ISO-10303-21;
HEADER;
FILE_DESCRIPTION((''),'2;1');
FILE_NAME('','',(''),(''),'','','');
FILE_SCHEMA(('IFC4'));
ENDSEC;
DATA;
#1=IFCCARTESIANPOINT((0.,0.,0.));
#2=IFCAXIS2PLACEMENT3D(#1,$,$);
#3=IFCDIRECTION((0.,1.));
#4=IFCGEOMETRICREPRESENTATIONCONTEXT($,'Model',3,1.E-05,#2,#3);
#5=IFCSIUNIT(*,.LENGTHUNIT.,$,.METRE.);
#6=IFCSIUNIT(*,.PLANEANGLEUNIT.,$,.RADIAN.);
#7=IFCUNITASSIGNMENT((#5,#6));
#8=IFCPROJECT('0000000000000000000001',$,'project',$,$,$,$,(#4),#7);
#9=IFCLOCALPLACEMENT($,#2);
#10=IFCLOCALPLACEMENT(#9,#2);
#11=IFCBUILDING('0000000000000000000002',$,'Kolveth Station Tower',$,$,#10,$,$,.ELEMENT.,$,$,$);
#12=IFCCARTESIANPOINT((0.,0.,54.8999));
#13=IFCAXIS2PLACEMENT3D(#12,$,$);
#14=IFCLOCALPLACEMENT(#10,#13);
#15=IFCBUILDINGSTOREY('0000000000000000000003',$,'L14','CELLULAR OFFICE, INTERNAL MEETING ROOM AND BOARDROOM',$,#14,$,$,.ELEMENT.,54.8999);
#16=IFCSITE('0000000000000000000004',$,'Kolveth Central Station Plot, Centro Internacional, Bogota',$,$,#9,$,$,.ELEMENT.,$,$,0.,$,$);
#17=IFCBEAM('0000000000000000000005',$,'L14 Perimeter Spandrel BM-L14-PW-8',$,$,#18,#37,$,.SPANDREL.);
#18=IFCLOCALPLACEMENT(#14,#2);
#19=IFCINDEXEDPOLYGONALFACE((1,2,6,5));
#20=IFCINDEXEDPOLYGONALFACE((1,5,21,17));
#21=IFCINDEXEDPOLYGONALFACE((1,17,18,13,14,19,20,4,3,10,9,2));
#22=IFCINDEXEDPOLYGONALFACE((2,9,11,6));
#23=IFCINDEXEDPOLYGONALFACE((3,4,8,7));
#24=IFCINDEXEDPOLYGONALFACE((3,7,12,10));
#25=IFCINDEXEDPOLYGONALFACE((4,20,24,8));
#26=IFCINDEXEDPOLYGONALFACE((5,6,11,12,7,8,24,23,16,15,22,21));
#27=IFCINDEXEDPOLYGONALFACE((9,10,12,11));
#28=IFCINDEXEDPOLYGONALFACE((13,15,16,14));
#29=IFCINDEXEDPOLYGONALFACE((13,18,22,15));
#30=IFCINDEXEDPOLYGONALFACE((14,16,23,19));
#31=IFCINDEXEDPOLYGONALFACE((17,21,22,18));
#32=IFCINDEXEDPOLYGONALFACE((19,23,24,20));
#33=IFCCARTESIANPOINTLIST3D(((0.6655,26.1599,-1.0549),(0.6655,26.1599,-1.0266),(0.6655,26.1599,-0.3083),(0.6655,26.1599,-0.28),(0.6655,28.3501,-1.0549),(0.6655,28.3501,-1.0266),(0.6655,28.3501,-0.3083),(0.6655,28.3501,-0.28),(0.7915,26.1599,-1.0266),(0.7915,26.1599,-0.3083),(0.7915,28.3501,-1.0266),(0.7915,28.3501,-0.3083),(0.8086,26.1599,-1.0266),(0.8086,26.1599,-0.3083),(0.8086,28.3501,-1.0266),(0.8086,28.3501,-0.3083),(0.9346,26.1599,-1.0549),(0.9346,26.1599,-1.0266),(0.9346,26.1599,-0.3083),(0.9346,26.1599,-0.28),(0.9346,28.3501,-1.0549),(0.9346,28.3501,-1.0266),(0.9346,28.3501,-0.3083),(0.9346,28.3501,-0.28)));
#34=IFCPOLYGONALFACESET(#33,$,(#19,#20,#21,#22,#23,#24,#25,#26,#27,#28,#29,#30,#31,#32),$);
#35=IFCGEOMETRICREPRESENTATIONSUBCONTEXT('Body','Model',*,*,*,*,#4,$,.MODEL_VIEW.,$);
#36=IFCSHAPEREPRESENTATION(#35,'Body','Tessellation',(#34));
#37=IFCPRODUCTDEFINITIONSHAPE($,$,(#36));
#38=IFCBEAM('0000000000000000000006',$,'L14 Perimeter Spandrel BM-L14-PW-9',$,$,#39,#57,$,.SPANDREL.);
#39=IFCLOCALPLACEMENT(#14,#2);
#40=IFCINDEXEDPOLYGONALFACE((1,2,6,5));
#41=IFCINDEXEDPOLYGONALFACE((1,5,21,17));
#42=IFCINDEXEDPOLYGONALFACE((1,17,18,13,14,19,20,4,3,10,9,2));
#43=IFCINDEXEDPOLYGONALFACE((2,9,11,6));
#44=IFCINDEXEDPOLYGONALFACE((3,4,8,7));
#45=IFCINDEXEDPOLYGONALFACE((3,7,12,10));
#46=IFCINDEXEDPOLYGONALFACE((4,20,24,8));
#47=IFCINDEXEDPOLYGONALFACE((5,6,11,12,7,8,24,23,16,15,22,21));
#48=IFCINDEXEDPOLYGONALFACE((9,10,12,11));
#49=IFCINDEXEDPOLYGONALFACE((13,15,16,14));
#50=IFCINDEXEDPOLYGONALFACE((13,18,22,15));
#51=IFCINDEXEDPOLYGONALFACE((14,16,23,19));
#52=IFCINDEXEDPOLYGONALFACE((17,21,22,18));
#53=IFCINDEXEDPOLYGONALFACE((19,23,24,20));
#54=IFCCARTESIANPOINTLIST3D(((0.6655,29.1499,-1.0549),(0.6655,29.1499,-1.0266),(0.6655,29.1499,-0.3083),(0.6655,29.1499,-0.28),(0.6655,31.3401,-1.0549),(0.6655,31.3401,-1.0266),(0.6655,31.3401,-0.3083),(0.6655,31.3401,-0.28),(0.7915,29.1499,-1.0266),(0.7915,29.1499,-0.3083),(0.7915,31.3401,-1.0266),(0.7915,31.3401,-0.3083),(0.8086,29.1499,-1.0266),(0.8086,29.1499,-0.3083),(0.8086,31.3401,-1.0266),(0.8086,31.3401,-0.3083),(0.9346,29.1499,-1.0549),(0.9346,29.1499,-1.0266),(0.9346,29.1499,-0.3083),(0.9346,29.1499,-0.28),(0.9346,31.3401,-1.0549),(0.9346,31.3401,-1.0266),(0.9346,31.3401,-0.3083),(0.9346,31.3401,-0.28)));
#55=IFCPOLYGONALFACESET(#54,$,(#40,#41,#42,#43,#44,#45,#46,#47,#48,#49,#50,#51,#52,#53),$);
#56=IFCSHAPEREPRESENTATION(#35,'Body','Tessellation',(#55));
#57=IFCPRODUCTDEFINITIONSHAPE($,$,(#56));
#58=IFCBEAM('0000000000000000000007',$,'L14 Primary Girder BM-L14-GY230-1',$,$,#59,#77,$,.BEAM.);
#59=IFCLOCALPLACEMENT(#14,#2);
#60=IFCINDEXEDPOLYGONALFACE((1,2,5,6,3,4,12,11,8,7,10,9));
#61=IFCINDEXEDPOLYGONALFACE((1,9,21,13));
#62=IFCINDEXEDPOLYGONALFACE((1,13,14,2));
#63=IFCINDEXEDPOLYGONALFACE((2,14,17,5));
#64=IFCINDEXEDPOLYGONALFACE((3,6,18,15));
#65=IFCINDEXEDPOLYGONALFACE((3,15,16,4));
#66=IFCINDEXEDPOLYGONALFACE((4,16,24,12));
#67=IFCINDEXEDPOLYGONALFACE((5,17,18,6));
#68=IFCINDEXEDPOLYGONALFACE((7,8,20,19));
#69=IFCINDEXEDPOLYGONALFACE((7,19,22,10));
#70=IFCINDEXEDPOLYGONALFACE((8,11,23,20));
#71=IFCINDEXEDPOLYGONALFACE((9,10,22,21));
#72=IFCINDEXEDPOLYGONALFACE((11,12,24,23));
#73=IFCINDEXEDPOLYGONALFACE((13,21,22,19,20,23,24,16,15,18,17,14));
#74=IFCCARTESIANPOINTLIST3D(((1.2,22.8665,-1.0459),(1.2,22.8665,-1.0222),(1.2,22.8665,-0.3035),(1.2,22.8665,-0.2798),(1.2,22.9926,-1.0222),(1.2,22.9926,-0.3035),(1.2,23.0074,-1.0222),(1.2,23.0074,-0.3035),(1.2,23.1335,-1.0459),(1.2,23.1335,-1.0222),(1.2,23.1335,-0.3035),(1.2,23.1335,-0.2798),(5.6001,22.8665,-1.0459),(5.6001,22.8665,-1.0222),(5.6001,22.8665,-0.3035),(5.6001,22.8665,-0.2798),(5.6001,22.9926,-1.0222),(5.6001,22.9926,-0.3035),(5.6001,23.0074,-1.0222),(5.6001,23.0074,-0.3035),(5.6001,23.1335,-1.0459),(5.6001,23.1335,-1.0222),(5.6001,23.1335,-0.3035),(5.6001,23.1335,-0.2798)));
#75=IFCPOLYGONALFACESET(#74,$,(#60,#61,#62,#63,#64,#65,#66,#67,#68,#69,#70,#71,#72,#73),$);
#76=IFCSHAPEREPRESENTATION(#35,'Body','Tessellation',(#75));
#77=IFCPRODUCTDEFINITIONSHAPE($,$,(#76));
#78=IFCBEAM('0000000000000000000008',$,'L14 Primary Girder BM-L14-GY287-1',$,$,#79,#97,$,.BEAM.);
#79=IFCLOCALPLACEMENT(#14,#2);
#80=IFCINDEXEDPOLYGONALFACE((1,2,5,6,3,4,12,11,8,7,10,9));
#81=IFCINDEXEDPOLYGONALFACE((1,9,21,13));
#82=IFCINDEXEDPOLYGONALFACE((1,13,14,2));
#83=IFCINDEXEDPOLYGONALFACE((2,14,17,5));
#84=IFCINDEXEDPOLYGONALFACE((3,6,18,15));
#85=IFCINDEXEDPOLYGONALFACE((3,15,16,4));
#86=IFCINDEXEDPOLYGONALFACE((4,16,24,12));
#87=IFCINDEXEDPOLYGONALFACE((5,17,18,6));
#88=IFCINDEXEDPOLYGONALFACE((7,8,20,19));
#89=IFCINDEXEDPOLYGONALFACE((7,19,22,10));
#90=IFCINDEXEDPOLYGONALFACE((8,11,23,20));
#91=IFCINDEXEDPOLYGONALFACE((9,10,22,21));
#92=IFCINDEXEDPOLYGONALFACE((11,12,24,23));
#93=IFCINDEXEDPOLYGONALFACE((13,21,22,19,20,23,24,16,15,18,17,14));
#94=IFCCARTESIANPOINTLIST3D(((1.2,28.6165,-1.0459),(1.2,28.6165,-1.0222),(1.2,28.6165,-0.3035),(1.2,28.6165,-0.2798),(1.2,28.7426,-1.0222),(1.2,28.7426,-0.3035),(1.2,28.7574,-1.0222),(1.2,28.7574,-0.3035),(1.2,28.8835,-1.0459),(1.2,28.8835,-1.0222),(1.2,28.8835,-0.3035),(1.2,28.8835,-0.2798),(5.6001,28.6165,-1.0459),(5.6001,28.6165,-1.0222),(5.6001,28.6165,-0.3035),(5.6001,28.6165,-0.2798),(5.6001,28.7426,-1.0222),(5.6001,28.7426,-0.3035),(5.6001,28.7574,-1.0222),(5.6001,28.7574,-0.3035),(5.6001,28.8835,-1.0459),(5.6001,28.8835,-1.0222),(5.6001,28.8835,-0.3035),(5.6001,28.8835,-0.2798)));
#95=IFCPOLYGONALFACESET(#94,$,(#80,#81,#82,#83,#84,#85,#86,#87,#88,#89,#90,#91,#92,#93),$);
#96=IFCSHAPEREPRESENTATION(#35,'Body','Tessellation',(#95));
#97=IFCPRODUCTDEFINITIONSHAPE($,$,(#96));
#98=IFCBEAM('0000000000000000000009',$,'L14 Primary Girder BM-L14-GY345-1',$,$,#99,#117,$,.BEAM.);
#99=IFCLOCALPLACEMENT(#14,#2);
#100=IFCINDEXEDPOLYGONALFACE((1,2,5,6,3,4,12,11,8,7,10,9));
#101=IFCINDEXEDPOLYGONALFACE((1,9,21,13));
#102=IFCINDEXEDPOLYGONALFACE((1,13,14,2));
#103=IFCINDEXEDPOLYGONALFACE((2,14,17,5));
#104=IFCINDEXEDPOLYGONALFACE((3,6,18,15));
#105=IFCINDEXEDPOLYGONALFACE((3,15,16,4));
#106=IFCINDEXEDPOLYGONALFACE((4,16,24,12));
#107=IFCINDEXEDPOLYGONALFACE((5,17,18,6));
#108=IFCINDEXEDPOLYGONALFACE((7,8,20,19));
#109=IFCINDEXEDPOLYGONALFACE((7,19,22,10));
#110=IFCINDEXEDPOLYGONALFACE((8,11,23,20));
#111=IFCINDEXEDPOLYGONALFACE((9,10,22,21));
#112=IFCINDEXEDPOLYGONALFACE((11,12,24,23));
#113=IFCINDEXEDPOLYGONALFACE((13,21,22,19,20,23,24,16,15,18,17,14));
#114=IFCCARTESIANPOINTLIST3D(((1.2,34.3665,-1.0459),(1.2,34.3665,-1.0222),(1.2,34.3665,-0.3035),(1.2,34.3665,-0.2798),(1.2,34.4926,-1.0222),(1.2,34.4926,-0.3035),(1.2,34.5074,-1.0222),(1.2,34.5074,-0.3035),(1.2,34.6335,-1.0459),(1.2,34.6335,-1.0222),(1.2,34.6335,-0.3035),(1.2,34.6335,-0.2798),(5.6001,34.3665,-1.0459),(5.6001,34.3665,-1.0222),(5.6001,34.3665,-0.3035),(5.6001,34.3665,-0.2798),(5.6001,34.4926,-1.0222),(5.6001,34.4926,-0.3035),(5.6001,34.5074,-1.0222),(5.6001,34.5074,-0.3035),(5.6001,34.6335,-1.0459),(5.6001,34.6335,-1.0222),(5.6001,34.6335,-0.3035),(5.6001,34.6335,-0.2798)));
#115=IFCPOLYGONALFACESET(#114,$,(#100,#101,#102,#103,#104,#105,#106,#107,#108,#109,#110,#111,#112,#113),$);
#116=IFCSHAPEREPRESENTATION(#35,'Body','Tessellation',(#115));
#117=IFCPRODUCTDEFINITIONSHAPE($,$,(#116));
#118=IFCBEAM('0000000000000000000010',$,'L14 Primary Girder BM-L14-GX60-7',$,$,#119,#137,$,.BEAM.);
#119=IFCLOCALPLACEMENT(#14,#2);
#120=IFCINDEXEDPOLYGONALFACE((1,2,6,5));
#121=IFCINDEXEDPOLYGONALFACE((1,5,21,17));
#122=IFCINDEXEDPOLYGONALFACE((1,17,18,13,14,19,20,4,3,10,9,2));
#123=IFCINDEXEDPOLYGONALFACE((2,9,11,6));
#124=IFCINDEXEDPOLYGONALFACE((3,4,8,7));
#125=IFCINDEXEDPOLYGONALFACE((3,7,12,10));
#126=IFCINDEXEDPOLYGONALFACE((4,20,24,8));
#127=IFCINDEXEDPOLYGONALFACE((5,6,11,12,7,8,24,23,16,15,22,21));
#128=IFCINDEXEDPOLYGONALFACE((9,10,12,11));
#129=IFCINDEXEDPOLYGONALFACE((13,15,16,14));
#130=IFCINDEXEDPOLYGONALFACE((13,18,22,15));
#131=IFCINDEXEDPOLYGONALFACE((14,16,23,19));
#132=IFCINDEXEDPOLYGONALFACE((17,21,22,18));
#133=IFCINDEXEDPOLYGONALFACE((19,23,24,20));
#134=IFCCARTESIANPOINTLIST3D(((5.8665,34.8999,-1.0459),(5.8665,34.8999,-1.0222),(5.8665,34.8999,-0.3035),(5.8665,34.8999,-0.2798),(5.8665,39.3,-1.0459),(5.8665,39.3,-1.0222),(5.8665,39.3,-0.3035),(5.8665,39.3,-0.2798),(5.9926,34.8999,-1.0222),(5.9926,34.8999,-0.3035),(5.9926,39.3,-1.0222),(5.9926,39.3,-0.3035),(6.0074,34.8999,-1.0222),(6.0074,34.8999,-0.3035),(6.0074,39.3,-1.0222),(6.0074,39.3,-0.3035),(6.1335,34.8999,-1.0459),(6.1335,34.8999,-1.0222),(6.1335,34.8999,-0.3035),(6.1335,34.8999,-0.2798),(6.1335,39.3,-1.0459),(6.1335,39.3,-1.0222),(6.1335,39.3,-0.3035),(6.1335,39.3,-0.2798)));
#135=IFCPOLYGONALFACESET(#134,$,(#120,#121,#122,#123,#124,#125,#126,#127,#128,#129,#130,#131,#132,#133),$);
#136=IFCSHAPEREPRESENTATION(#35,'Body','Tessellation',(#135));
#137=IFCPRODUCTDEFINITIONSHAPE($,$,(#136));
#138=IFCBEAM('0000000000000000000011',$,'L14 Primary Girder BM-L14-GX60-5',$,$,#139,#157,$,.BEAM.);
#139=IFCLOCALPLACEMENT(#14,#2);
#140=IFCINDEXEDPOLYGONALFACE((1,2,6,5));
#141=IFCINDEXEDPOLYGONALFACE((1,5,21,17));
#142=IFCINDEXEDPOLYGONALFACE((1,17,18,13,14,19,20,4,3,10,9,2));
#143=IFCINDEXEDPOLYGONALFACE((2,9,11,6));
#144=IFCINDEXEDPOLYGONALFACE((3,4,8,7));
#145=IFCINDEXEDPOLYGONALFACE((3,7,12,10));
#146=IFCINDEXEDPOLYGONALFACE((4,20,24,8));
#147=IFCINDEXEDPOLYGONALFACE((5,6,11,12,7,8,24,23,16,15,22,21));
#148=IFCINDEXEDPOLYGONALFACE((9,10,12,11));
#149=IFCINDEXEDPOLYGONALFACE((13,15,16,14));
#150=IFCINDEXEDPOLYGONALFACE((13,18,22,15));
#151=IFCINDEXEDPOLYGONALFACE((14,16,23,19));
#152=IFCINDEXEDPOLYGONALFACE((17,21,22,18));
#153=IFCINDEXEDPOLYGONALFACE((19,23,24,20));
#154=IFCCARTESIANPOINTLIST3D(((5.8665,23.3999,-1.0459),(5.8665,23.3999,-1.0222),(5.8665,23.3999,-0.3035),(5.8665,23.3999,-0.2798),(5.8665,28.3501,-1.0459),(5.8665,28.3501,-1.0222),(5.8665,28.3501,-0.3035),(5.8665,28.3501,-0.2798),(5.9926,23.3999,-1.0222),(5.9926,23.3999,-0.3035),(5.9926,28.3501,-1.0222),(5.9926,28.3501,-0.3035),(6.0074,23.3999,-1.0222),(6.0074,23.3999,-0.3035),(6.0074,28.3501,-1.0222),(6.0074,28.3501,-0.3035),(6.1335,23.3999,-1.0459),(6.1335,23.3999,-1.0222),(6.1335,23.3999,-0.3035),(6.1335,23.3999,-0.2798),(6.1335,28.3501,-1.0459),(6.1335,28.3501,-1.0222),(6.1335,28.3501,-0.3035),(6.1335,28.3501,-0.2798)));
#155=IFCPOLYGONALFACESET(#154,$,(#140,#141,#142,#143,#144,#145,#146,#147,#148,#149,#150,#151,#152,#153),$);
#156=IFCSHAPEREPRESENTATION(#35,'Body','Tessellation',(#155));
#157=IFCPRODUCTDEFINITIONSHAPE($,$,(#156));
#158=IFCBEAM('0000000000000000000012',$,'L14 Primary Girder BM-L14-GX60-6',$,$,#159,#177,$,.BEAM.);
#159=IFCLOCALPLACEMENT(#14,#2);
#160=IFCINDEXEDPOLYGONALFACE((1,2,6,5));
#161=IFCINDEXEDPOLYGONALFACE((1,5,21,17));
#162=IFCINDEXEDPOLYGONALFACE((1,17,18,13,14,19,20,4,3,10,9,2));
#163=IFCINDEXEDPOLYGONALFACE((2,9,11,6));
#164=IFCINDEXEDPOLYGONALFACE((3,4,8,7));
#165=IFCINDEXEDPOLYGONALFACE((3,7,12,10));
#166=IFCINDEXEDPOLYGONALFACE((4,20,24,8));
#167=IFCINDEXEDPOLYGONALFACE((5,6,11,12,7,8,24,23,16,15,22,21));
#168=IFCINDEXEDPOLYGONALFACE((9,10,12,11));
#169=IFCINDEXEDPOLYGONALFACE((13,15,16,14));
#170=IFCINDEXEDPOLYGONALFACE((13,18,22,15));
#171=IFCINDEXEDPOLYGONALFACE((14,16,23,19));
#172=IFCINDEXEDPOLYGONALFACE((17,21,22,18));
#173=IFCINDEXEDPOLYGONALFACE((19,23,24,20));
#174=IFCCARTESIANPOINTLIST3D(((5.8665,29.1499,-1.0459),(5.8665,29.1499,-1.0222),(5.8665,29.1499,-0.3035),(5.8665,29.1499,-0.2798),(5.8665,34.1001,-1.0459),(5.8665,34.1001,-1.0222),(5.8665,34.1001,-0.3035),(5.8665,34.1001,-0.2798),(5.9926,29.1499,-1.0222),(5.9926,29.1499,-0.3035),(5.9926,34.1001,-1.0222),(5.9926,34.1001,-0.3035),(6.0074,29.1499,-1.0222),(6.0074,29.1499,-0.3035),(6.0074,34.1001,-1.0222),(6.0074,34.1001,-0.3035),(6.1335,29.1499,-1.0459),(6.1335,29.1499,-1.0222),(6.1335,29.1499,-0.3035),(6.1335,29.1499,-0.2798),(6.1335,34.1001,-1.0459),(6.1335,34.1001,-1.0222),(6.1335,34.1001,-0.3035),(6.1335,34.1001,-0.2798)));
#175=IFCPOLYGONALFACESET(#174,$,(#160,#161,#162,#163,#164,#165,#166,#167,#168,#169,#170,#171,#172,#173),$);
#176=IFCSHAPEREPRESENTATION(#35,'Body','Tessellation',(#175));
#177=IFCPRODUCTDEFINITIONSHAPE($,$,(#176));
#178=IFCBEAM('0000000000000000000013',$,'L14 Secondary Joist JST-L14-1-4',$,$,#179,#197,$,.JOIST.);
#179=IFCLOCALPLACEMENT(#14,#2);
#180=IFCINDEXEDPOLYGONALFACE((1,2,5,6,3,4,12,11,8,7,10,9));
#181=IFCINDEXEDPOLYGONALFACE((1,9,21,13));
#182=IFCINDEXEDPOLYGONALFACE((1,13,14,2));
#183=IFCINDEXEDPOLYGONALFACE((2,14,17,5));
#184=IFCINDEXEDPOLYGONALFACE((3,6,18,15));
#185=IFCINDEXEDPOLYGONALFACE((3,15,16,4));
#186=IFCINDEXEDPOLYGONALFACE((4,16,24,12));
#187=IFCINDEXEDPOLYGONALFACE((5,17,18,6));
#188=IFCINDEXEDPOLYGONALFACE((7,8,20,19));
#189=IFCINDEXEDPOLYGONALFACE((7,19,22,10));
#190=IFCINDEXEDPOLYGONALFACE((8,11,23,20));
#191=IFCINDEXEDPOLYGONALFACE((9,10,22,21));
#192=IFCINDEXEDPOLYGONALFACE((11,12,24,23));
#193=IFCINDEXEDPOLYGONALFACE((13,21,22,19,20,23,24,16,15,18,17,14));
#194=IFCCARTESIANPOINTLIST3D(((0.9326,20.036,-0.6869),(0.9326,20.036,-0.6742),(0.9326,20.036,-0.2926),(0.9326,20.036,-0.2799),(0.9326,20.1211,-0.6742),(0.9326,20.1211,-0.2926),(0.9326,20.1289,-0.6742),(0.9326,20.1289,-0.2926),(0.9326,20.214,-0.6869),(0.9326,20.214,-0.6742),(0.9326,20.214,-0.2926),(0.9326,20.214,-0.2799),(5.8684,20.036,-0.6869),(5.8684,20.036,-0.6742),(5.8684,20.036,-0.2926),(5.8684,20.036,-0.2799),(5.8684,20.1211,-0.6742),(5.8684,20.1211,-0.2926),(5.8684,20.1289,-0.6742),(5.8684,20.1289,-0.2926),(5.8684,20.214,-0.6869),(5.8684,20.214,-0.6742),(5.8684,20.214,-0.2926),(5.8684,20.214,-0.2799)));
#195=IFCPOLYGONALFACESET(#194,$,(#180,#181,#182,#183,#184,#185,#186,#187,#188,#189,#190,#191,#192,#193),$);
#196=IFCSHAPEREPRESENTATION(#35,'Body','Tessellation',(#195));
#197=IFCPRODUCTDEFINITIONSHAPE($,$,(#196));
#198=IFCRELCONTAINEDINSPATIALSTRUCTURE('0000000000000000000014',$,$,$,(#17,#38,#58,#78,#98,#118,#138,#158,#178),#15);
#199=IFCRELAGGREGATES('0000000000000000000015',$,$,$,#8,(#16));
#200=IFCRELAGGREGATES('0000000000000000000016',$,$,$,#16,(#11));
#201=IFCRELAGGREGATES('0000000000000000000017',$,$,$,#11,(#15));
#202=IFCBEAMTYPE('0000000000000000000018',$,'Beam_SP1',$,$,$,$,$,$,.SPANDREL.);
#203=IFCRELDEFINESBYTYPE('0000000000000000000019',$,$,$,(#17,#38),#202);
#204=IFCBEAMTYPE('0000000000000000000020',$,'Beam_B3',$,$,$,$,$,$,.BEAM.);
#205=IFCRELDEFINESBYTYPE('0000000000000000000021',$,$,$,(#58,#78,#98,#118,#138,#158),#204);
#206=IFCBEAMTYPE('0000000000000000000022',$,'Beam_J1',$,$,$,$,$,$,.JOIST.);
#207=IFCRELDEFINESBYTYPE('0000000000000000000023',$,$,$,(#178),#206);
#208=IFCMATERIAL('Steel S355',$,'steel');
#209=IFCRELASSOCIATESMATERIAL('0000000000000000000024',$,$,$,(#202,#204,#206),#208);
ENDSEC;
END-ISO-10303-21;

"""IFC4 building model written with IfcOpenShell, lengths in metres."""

from ifc_helpers import new_model, si_unit, direction, frame, origin, origin_2d, place, context, subcontext, project, spatial, i_section, extrude, source, transform, mapped, material, material_profile, profile_set, type_object, element, save


model = new_model("IFC4")

# Units and contexts
model_context = context("Model", 3, precision=1e-05, world=origin(), true_north=direction((0.0, 1.0)))
body_context = subcontext(model_context, "Body", "Model", "MODEL_VIEW")
ifc_project = project(units=[si_unit("LENGTHUNIT", "METRE"), si_unit("PLANEANGLEUNIT", "RADIAN")], contexts=[model_context])

# Site, building, storey
site_placement = place(None, origin())
site = spatial("IfcSite", under=ifc_project, at=site_placement, Name="Kolveth Central Station Plot, Centro Internacional, Bogota", CompositionType="ELEMENT", RefElevation=0.0)
building_placement = place(site_placement, origin())
building = spatial("IfcBuilding", under=site, at=building_placement, Name="Kolveth Station Tower", CompositionType="ELEMENT")
storey_placement = place(building_placement, frame((0.0, 0.0, 54.8999)))
storey = spatial("IfcBuildingStorey", under=building, at=storey_placement, Name="L14", Description="CELLULAR OFFICE, INTERNAL MEETING ROOM AND BOARDROOM", CompositionType="ELEMENT", Elevation=54.8999)

# Shared definitions
ifc_material_1 = material(Name="Steel S355", Category="steel")

# Beams
ifc_material_profile_1 = material_profile(ifc_material_1, i_section(OverallWidth=0.269, OverallDepth=0.7749, WebThickness=0.0171, FlangeThickness=0.0283, at=origin_2d()), Name="W760x220")
ifc_profile_set_1 = profile_set([ifc_material_profile_1], Name="Steel S355")
beam_type_1 = type_object("IfcBeamType", Name="Beam_SP1", PredefinedType="SPANDREL", material=ifc_profile_set_1)
shared_shape_1 = source(origin(), body_context, "Body", "SweptSolid", [
    extrude(i_section(OverallWidth=0.269, OverallDepth=0.7749, WebThickness=0.0171, FlangeThickness=0.0283, at=origin_2d()), origin(), (0.0, 0.0, 1.0), 2.1902),
])
for number, where, z_axis, x_axis, name in (
    (1, (0.8, 26.1599, -0.6675), (0.0, 1.0, 0.0), (-1.0, 0.0, 0.0), "L14 Perimeter Spandrel BM-L14-PW-8"),
    (2, (0.8, 29.1499, -0.6675), (0.0, 1.0, 0.0), (-1.0, 0.0, 0.0), "L14 Perimeter Spandrel BM-L14-PW-9"),
):
    element("IfcBeam", number, at=place(storey_placement, frame(where, z_axis=z_axis, x_axis=x_axis)), inside=storey, type_object=beam_type_1, Name=name, PredefinedType="SPANDREL", context=body_context, shape_type="MappedRepresentation", body=[
        mapped(shared_shape_1, transform((0.0, 0.0, 0.0), x_axis=(1.0, 0.0, 0.0), y_axis=(0.0, 1.0, 0.0), z_axis=(0.0, 0.0, 1.0), scale=1.0)),
    ])
ifc_material_profile_2 = material_profile(ifc_material_1, i_section(OverallWidth=0.2671, OverallDepth=0.7661, WebThickness=0.0149, FlangeThickness=0.0237, at=origin_2d()), Name="W760x185")
ifc_profile_set_2 = profile_set([ifc_material_profile_2], Name="Steel S355")
beam_type_2 = type_object("IfcBeamType", Name="Beam_B3", PredefinedType="BEAM", material=ifc_profile_set_2)
shared_shape_2 = source(origin(), body_context, "Body", "SweptSolid", [
    extrude(i_section(OverallWidth=0.2671, OverallDepth=0.7661, WebThickness=0.0149, FlangeThickness=0.0237, at=origin_2d()), origin(), (0.0, 0.0, 1.0), 4.4001),
])
for number, where, z_axis, x_axis, name in (
    (3, (1.2, 23.0, -0.6628), (1.0, 0.0, 0.0), (0.0, 1.0, 0.0), "L14 Primary Girder BM-L14-GY230-1"),
    (4, (1.2, 28.75, -0.6628), (1.0, 0.0, 0.0), (0.0, 1.0, 0.0), "L14 Primary Girder BM-L14-GY287-1"),
    (5, (1.2, 34.5, -0.6628), (1.0, 0.0, 0.0), (0.0, 1.0, 0.0), "L14 Primary Girder BM-L14-GY345-1"),
    (6, (6.0, 34.8999, -0.6628), (0.0, 1.0, 0.0), (-1.0, 0.0, 0.0), "L14 Primary Girder BM-L14-GX60-7"),
):
    element("IfcBeam", number, at=place(storey_placement, frame(where, z_axis=z_axis, x_axis=x_axis)), inside=storey, type_object=beam_type_2, Name=name, PredefinedType="BEAM", context=body_context, shape_type="MappedRepresentation", body=[
        mapped(shared_shape_2, transform((0.0, 0.0, 0.0), x_axis=(1.0, 0.0, 0.0), y_axis=(0.0, 1.0, 0.0), z_axis=(0.0, 0.0, 1.0), scale=1.0)),
    ])
shared_shape_3 = source(origin(), body_context, "Body", "SweptSolid", [
    extrude(i_section(OverallWidth=0.2671, OverallDepth=0.7661, WebThickness=0.0149, FlangeThickness=0.0237, at=origin_2d()), origin(), (0.0, 0.0, 1.0), 4.9502),
])
for number, where, z_axis, x_axis, name in (
    (7, (6.0, 23.3999, -0.6628), (0.0, 1.0, 0.0), (-1.0, 0.0, 0.0), "L14 Primary Girder BM-L14-GX60-5"),
    (8, (6.0, 29.1499, -0.6628), (0.0, 1.0, 0.0), (-1.0, 0.0, 0.0), "L14 Primary Girder BM-L14-GX60-6"),
):
    element("IfcBeam", number, at=place(storey_placement, frame(where, z_axis=z_axis, x_axis=x_axis)), inside=storey, type_object=beam_type_2, Name=name, PredefinedType="BEAM", context=body_context, shape_type="MappedRepresentation", body=[
        mapped(shared_shape_3, transform((0.0, 0.0, 0.0), x_axis=(1.0, 0.0, 0.0), y_axis=(0.0, 1.0, 0.0), z_axis=(0.0, 0.0, 1.0), scale=1.0)),
    ])
ifc_material_profile_3 = material_profile(ifc_material_1, i_section(OverallWidth=0.178, OverallDepth=0.407, WebThickness=0.0078, FlangeThickness=0.0127, at=origin_2d()), Name="W410x60")
ifc_profile_set_3 = profile_set([ifc_material_profile_3], Name="Steel S355")
beam_type_3 = type_object("IfcBeamType", Name="Beam_J1", PredefinedType="JOIST", material=ifc_profile_set_3)
shared_shape_4 = source(origin(), body_context, "Body", "SweptSolid", [
    extrude(i_section(OverallWidth=0.178, OverallDepth=0.407, WebThickness=0.0078, FlangeThickness=0.0127, at=origin_2d()), origin(), (0.0, 0.0, 1.0), 4.9358),
])
for number, where, z_axis, x_axis, name in (
    (9, (0.9326, 20.125, -0.4834), (1.0, 0.0, 0.0), (0.0, 1.0, 0.0), "L14 Secondary Joist JST-L14-1-4"),
):
    element("IfcBeam", number, at=place(storey_placement, frame(where, z_axis=z_axis, x_axis=x_axis)), inside=storey, type_object=beam_type_3, Name=name, PredefinedType="JOIST", context=body_context, shape_type="MappedRepresentation", body=[
        mapped(shared_shape_4, transform((0.0, 0.0, 0.0), x_axis=(1.0, 0.0, 0.0), y_axis=(0.0, 1.0, 0.0), z_axis=(0.0, 0.0, 1.0), scale=1.0)),
    ])

save(model, "model.ifc")
